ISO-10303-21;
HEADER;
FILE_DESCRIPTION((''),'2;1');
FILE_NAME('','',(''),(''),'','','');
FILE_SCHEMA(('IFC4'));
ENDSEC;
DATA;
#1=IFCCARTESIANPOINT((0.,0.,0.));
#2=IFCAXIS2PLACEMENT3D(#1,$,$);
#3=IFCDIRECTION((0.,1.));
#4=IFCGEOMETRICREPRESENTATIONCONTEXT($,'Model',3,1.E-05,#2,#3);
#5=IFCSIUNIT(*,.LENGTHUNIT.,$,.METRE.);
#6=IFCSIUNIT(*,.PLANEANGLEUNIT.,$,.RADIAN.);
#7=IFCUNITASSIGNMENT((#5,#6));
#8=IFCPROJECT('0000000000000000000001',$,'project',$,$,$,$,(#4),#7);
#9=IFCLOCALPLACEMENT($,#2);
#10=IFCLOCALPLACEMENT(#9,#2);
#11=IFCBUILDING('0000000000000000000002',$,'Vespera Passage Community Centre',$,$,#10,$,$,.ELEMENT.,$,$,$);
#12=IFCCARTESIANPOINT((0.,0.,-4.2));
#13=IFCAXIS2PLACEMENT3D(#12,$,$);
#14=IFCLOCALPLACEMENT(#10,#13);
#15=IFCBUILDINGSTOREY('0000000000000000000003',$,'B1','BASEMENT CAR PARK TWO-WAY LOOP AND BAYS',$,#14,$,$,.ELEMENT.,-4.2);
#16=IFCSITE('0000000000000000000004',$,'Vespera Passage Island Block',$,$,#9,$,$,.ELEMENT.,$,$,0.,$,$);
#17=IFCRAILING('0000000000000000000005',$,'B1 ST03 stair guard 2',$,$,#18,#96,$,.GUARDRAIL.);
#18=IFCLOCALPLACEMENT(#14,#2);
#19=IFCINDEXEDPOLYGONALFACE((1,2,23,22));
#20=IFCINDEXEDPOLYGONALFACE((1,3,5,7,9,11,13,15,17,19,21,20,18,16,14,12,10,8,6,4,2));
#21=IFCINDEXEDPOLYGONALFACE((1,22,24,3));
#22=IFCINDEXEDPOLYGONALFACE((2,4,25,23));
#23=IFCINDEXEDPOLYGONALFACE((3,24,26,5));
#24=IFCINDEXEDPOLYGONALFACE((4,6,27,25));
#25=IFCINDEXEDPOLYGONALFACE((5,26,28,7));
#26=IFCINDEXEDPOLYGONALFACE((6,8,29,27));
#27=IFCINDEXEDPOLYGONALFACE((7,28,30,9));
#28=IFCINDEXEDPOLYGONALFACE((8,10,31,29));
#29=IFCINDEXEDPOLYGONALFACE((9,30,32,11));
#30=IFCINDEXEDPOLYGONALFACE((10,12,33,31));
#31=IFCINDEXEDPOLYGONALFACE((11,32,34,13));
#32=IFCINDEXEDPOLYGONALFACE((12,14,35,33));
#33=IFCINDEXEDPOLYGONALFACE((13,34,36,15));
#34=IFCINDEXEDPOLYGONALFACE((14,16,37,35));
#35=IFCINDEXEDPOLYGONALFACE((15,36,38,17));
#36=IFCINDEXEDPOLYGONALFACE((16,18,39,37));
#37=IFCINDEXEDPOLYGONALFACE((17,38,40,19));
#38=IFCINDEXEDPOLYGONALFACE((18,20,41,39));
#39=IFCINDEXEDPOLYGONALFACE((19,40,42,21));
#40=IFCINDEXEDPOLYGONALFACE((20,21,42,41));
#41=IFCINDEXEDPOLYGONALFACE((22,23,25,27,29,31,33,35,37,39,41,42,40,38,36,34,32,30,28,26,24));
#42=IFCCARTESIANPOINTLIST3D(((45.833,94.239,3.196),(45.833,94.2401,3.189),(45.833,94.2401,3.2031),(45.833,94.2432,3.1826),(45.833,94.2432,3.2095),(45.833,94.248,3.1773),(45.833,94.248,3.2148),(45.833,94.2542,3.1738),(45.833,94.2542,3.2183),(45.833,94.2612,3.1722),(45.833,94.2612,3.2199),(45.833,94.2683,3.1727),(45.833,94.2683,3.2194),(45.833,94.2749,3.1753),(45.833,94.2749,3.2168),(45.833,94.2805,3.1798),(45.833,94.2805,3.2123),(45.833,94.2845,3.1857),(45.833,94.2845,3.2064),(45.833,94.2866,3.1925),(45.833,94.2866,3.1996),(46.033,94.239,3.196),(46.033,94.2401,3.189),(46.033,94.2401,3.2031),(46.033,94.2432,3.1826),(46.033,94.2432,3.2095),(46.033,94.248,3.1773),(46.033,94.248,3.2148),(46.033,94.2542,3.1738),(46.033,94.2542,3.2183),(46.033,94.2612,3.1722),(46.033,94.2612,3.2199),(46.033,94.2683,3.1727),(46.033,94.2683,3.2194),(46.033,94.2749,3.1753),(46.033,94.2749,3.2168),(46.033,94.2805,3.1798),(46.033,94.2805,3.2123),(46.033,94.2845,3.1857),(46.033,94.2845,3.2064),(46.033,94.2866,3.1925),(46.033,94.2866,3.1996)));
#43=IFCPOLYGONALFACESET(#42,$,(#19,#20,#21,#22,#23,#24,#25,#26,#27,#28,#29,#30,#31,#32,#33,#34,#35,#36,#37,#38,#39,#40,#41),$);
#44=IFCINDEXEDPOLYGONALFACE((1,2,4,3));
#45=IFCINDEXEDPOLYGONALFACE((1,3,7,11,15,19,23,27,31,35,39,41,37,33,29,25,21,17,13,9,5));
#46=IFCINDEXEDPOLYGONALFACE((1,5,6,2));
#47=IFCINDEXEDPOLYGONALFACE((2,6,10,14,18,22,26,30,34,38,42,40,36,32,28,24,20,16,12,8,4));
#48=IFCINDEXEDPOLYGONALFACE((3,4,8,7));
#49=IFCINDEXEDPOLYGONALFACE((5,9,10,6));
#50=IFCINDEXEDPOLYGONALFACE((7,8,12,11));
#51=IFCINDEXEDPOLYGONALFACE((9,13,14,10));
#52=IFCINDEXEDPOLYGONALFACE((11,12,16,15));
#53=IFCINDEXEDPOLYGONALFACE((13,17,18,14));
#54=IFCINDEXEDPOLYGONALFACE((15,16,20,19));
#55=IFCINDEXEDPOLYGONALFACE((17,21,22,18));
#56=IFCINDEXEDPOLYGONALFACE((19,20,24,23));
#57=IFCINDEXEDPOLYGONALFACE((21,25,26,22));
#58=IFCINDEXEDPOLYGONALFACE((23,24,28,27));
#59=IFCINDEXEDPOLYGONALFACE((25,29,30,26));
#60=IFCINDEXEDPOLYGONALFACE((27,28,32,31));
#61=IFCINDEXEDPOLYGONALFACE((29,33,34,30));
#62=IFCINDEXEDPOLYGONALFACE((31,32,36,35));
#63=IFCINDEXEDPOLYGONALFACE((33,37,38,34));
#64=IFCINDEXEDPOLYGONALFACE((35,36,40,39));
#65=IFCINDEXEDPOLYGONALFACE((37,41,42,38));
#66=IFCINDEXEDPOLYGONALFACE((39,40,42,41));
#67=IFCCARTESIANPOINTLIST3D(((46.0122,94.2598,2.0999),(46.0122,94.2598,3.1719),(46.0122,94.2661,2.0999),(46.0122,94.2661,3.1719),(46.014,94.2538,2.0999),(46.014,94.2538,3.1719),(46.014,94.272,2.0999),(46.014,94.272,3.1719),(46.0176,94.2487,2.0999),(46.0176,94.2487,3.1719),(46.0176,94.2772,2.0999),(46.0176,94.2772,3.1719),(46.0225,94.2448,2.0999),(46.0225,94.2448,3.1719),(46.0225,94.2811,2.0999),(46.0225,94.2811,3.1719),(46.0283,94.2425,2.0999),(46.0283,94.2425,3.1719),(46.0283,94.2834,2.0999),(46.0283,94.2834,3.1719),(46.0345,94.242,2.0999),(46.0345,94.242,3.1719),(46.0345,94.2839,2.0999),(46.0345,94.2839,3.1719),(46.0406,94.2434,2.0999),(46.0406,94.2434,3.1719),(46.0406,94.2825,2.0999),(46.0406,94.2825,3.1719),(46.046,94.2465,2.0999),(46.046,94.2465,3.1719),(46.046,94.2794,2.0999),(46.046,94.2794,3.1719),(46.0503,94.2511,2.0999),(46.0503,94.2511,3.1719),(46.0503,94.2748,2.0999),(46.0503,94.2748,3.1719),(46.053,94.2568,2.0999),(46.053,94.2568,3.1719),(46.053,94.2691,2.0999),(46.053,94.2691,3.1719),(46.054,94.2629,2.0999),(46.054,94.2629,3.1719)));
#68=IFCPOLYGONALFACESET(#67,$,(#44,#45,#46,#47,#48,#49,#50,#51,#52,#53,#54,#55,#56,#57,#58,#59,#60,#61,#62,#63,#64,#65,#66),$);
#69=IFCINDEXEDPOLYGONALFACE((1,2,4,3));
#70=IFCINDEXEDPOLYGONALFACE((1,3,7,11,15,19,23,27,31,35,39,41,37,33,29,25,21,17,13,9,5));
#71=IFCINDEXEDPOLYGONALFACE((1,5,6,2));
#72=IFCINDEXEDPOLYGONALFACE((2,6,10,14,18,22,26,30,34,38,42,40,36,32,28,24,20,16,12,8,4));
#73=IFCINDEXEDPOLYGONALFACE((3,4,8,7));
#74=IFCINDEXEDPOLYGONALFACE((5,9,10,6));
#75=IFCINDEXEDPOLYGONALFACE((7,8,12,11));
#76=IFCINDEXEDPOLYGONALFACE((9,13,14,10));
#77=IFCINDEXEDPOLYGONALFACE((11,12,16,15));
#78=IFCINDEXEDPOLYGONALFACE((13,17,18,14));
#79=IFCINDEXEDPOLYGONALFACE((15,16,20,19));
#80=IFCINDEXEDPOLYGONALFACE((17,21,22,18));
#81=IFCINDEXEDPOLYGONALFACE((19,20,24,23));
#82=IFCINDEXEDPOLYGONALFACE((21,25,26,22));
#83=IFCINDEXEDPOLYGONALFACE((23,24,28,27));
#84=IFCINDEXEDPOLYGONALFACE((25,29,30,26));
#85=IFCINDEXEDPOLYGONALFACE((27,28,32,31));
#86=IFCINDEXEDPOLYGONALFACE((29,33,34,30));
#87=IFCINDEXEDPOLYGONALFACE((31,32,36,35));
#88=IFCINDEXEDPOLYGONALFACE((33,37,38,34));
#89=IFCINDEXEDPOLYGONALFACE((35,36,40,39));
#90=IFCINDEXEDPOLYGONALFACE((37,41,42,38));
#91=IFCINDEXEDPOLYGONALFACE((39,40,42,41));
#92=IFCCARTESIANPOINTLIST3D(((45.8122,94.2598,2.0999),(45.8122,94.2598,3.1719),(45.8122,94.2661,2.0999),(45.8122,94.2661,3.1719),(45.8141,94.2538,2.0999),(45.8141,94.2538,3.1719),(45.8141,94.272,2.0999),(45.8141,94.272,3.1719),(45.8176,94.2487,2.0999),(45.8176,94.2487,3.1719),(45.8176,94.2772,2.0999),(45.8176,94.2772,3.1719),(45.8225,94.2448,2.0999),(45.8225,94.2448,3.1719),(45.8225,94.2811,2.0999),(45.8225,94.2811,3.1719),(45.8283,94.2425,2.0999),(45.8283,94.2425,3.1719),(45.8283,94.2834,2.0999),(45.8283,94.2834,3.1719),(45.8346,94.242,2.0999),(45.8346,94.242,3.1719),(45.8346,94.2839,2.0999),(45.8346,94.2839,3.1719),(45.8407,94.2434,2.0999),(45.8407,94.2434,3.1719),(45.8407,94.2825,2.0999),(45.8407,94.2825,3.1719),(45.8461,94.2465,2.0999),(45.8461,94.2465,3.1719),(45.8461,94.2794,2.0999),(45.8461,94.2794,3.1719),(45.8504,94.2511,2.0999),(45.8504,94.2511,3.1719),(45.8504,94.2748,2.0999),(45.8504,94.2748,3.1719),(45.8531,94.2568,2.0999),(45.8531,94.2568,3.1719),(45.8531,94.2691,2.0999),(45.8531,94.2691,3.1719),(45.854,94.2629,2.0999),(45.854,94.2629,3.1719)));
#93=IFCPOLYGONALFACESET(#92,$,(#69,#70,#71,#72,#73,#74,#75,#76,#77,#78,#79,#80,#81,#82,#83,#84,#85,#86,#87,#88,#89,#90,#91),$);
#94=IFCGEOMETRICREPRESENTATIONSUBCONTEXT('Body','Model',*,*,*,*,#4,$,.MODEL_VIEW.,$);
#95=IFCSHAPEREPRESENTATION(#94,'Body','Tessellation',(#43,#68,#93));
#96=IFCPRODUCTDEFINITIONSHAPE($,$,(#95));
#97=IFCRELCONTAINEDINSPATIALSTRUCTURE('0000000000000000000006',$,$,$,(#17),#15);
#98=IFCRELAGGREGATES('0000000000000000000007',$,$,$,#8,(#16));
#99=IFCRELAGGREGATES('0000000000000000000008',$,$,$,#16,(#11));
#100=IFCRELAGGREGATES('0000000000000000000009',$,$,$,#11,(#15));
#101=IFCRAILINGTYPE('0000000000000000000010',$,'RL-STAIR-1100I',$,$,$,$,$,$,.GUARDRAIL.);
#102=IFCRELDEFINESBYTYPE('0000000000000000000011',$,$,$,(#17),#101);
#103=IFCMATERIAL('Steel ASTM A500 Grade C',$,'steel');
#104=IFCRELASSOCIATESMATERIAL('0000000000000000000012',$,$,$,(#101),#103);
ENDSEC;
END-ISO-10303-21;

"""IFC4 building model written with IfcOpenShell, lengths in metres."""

from ifc_helpers import new_model, si_unit, direction, frame, origin, origin_2d, place, context, subcontext, project, spatial, circle, extrude, material, type_object, element, save


model = new_model("IFC4")

# Units and contexts
model_context = context("Model", 3, precision=1e-05, world=origin(), true_north=direction((0.0, 1.0)))
body_context = subcontext(model_context, "Body", "Model", "MODEL_VIEW")
ifc_project = project(units=[si_unit("LENGTHUNIT", "METRE"), si_unit("PLANEANGLEUNIT", "RADIAN")], contexts=[model_context])

# Site, building, storey
site_placement = place(None, origin())
site = spatial("IfcSite", under=ifc_project, at=site_placement, Name="Vespera Passage Island Block", CompositionType="ELEMENT", RefElevation=0.0)
building_placement = place(site_placement, origin())
building = spatial("IfcBuilding", under=site, at=building_placement, Name="Vespera Passage Community Centre", CompositionType="ELEMENT")
storey_placement = place(building_placement, frame((0.0, 0.0, -4.2)))
storey = spatial("IfcBuildingStorey", under=building, at=storey_placement, Name="B1", Description="BASEMENT CAR PARK TWO-WAY LOOP AND BAYS", CompositionType="ELEMENT", Elevation=-4.2)

# Railing
ifc_material_1 = material(Name="Steel ASTM A500 Grade C", Category="steel")
railing_type_1 = type_object("IfcRailingType", Name="RL-STAIR-1100I", PredefinedType="GUARDRAIL", material=ifc_material_1)
railing_1_placement = place(storey_placement, frame((46.033, 94.2629, 2.0999)))
element("IfcRailing", 1, at=railing_1_placement, inside=storey, type_object=railing_type_1, Name="B1 ST03 stair guard 2", PredefinedType="GUARDRAIL", context=body_context, shape_type="SweptSolid", body=[
    extrude(circle(Radius=0.0239, at=origin_2d()), frame((0.0, 0.0, 1.0962), z_axis=(-1.0, 0.0, 0.0), x_axis=(0.0, -1.0, 0.0)), (0.0, 0.0, 1.0), 0.2),
    extrude(circle(Radius=0.021, at=origin_2d()), origin(), (0.0, 0.0, 1.0), 1.072),
    extrude(circle(Radius=0.021, at=origin_2d()), frame((-0.2, 0.0, 0.0)), (0.0, 0.0, 1.0), 1.072),
])

save(model, "model.ifc")
